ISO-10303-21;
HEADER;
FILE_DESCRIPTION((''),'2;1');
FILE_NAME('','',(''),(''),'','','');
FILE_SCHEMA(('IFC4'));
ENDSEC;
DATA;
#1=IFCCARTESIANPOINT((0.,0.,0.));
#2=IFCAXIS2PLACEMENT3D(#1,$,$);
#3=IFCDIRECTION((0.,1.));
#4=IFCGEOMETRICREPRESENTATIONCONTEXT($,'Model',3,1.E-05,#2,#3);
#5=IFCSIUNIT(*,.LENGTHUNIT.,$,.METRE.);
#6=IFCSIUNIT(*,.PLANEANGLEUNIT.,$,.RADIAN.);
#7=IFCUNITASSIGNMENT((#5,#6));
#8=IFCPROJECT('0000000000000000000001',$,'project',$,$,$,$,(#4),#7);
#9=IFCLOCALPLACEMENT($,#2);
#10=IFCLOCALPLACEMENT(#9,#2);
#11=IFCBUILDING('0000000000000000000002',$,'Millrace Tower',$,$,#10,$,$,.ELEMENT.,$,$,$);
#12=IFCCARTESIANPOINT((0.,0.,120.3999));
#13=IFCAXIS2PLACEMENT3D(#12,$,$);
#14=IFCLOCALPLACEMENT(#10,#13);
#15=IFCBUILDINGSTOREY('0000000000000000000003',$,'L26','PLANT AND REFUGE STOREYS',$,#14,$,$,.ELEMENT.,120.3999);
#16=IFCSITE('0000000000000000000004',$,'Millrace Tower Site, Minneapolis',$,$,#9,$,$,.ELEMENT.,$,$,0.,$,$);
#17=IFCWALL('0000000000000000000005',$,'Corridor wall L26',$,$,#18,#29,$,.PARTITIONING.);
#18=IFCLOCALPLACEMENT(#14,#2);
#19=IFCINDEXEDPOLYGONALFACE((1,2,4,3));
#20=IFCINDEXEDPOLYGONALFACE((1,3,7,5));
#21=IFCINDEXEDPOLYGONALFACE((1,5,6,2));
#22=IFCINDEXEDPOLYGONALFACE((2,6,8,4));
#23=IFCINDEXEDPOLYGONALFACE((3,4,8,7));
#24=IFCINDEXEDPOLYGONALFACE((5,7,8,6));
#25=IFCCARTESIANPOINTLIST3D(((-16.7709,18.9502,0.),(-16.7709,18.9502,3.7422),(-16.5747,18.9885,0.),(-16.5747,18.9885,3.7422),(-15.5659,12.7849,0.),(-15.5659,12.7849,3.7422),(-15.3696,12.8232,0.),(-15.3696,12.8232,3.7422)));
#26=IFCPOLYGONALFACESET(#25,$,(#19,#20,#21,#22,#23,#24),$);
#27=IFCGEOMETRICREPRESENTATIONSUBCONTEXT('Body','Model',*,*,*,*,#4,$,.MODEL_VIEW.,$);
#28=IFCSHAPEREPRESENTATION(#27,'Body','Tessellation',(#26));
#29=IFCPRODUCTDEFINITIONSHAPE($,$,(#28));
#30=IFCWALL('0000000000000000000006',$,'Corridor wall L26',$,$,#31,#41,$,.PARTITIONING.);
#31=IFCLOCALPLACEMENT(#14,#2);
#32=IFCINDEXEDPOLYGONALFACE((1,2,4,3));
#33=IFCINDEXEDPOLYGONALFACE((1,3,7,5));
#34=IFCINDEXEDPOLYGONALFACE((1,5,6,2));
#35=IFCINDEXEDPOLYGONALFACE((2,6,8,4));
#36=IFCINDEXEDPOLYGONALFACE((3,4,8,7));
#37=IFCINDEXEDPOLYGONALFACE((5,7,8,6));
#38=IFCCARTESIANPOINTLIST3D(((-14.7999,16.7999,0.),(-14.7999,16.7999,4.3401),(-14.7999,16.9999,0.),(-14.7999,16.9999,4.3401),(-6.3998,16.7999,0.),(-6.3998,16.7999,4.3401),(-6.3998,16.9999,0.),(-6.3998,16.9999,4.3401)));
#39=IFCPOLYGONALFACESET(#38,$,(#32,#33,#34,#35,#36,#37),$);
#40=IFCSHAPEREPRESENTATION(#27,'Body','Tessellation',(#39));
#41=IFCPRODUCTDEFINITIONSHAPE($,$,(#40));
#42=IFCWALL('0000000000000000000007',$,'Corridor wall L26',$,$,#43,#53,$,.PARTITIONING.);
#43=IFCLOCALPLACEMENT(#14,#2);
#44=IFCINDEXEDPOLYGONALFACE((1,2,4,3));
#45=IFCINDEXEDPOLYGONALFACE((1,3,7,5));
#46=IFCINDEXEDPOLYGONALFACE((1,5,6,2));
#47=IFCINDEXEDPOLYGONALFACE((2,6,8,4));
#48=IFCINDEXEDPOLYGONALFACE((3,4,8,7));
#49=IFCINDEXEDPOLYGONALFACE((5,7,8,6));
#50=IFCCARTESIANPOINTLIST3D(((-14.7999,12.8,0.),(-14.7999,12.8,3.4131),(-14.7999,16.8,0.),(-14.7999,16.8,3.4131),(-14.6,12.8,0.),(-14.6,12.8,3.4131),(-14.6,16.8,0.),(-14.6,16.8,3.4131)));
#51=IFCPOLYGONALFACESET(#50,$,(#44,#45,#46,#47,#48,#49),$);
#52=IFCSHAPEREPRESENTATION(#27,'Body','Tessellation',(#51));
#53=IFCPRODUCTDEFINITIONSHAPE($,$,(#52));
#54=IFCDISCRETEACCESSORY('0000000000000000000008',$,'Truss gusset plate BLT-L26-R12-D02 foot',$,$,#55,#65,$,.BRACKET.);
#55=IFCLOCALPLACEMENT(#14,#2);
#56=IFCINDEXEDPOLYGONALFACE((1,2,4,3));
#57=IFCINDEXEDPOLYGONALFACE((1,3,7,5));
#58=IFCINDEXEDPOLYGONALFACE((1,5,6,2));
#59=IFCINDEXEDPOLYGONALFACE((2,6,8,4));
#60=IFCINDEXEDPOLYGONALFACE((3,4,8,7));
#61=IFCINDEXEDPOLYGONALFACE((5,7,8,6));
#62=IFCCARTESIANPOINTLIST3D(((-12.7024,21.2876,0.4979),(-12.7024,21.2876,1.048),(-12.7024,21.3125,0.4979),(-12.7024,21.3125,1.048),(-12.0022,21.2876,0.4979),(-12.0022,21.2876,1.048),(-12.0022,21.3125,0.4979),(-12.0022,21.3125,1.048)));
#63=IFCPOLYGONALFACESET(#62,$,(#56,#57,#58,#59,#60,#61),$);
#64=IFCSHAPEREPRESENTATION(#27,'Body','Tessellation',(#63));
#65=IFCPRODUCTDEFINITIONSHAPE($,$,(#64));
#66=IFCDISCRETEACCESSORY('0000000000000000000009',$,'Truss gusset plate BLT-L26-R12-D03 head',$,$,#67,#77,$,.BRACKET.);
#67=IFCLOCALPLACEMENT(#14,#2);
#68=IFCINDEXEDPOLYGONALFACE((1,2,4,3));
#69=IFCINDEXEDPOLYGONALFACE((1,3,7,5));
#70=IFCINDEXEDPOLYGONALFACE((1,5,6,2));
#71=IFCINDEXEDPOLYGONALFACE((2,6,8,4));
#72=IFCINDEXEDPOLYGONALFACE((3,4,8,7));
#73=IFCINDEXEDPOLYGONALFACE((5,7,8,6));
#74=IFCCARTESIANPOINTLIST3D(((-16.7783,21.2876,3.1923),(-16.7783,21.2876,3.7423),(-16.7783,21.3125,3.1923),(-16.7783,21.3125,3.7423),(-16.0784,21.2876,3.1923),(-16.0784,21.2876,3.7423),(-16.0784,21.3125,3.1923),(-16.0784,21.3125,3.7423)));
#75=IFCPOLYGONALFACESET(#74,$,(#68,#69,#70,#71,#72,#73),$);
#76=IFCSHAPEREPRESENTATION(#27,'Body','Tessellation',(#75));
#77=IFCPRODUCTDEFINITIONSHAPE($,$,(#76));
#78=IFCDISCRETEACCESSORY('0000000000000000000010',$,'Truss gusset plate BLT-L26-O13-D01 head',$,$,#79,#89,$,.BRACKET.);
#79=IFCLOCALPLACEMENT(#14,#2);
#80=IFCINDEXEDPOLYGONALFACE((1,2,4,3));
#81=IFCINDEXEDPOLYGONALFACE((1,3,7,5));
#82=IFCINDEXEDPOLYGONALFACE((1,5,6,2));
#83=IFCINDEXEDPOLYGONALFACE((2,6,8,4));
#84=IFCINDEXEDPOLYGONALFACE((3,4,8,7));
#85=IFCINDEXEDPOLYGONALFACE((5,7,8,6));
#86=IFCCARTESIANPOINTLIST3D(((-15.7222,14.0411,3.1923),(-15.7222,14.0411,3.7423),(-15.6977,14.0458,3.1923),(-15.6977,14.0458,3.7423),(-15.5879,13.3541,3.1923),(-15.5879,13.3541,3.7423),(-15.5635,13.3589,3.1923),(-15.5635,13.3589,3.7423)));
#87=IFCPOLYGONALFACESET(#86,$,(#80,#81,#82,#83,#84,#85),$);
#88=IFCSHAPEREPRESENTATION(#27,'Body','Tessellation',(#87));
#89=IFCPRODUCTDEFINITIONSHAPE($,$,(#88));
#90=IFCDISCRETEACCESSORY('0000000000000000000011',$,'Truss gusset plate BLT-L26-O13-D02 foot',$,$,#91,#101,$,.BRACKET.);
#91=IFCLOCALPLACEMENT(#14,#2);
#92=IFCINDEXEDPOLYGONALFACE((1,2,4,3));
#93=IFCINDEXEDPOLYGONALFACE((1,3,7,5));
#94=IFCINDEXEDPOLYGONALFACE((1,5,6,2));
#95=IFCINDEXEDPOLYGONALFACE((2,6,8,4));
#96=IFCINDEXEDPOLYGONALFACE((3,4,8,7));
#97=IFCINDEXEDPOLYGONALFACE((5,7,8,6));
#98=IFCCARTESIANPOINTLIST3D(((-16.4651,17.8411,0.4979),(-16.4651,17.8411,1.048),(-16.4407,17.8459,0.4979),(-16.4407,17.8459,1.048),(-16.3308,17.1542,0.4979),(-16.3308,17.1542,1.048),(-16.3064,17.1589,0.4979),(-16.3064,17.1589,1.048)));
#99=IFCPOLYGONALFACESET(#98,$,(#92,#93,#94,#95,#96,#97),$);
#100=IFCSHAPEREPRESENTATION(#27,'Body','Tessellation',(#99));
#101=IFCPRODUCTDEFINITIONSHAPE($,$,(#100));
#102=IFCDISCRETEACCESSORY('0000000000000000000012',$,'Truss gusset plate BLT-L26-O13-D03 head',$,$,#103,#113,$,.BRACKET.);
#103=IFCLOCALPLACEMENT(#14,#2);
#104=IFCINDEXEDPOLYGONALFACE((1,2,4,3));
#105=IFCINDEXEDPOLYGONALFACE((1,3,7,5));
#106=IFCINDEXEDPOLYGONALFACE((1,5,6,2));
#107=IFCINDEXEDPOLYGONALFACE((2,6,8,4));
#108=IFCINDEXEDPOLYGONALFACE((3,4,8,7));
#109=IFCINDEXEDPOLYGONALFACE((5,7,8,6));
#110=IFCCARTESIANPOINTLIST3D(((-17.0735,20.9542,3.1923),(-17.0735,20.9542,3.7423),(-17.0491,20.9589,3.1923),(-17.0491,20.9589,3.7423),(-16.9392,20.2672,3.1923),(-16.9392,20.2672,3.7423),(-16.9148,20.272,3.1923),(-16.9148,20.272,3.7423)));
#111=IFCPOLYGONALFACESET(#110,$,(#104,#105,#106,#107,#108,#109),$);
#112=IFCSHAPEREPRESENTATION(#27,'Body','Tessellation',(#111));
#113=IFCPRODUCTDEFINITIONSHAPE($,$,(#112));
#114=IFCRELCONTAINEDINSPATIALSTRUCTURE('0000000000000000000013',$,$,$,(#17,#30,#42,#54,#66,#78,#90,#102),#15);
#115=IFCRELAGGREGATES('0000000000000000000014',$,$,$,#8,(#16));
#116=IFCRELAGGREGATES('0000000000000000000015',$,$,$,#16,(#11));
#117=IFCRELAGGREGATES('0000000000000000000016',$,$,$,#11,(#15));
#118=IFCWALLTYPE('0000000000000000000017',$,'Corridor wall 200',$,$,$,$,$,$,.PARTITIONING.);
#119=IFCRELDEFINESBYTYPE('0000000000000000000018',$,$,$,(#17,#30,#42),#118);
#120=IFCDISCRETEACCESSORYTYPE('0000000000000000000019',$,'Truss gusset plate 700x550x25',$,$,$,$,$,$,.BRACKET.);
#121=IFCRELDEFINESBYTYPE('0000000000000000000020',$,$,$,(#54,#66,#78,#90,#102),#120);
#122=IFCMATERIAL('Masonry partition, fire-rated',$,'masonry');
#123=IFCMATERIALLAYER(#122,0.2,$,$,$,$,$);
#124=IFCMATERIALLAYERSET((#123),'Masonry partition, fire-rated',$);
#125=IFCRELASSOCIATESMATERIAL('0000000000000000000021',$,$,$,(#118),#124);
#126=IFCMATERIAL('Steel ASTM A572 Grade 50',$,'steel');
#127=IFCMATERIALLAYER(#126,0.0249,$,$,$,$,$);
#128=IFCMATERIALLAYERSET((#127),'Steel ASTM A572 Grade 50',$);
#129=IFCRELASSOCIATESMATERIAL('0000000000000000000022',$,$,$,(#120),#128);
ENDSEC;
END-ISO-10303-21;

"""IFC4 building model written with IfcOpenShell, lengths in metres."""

from ifc_helpers import new_model, si_unit, direction, frame, frame_2d, origin, origin_2d, place, context, subcontext, project, spatial, rectangle, extrude, material, layer, layer_set, type_object, element, save


model = new_model("IFC4")

# Units and contexts
model_context = context("Model", 3, precision=1e-05, world=origin(), true_north=direction((0.0, 1.0)))
body_context = subcontext(model_context, "Body", "Model", "MODEL_VIEW")
ifc_project = project(units=[si_unit("LENGTHUNIT", "METRE"), si_unit("PLANEANGLEUNIT", "RADIAN")], contexts=[model_context])

# Site, building, storey
site_placement = place(None, origin())
site = spatial("IfcSite", under=ifc_project, at=site_placement, Name="Millrace Tower Site, Minneapolis", CompositionType="ELEMENT", RefElevation=0.0)
building_placement = place(site_placement, origin())
building = spatial("IfcBuilding", under=site, at=building_placement, Name="Millrace Tower", CompositionType="ELEMENT")
storey_placement = place(building_placement, frame((0.0, 0.0, 120.3999)))
storey = spatial("IfcBuildingStorey", under=building, at=storey_placement, Name="L26", Description="PLANT AND REFUGE STOREYS", CompositionType="ELEMENT", Elevation=120.3999)

# Walls
ifc_material_1 = material(Name="Masonry partition, fire-rated", Category="masonry")
ifc_layer_1 = layer(ifc_material_1, 0.2)
ifc_layer_set_1 = layer_set([ifc_layer_1], Name="Masonry partition, fire-rated")
wall_type = type_object("IfcWallType", Name="Corridor wall 200", PredefinedType="PARTITIONING", material=ifc_layer_set_1)
wall_1_placement = place(storey_placement, frame((-16.6729, 18.9695, 0.0), z_axis=(0.0, 0.0, 1.0), x_axis=(0.191832, -0.981428, 0.0)))
element("IfcWall", 1, at=wall_1_placement, inside=storey, type_object=wall_type, Name="Corridor wall L26", PredefinedType="PARTITIONING", context=body_context, shape_type="SweptSolid", body=[
    extrude(rectangle(XDim=6.282, YDim=0.2, at=frame_2d((3.1411, 0.0))), origin(), (0.0, 0.0, 1.0), 3.7422),
])
wall_2_placement = place(storey_placement, frame((-14.8, 16.8999, 0.0), z_axis=(0.0, 0.0, 1.0), x_axis=(1.0, 0.0, 0.0)))
element("IfcWall", 2, at=wall_2_placement, inside=storey, type_object=wall_type, Name="Corridor wall L26", PredefinedType="PARTITIONING", context=body_context, shape_type="SweptSolid", body=[
    extrude(rectangle(XDim=8.4001, YDim=0.2, at=frame_2d((4.2002, 0.0))), origin(), (0.0, 0.0, 1.0), 4.3401),
])
wall_3_placement = place(storey_placement, frame((-14.7, 12.8, 0.0), z_axis=(0.0, 0.0, 1.0), x_axis=(0.0, 1.0, 0.0)))
element("IfcWall", 3, at=wall_3_placement, inside=storey, type_object=wall_type, Name="Corridor wall L26", PredefinedType="PARTITIONING", context=body_context, shape_type="SweptSolid", body=[
    extrude(rectangle(XDim=4.0, YDim=0.2, at=frame_2d((2.0, 0.0))), origin(), (0.0, 0.0, 1.0), 3.4131),
])

# Discrete accessories
ifc_material_2 = material(Name="Steel ASTM A572 Grade 50", Category="steel")
ifc_layer_2 = layer(ifc_material_2, 0.0249)
ifc_layer_set_2 = layer_set([ifc_layer_2], Name="Steel ASTM A572 Grade 50")
discrete_accessory_type = type_object("IfcDiscreteAccessoryType", Name="Truss gusset plate 700x550x25", PredefinedType="BRACKET", material=ifc_layer_set_2)
discrete_accessory_placement = place(storey_placement, frame((-12.7024, 21.3, 0.7729), z_axis=(1.0, 0.0, 0.0), x_axis=(0.0, 1.0, 0.0)))
element("IfcDiscreteAccessory", 4, at=discrete_accessory_placement, inside=storey, type_object=discrete_accessory_type, Name="Truss gusset plate BLT-L26-R12-D02 foot", PredefinedType="BRACKET", context=body_context, shape_type="SweptSolid", body=[
    extrude(rectangle(XDim=0.0249, YDim=0.55, at=origin_2d()), origin(), (0.0, 0.0, 1.0), 0.7002),
])
for number, where, z_axis, x_axis, name in (
    (5, (-16.7783, 21.3, 3.4673), (1.0, 0.0, 0.0), (0.0, 1.0, 0.0), "Truss gusset plate BLT-L26-R12-D03 head"),
    (6, (-15.71, 14.0435, 3.4673), (0.191822, -0.98143, 0.0), (0.98143, 0.191822, 0.0), "Truss gusset plate BLT-L26-O13-D01 head"),
    (7, (-16.4529, 17.8435, 0.7729), (0.191822, -0.98143, 0.0), (0.98143, 0.191822, 0.0), "Truss gusset plate BLT-L26-O13-D02 foot"),
    (8, (-17.0613, 20.9565, 3.4673), (0.191822, -0.98143, 0.0), (0.98143, 0.191822, 0.0), "Truss gusset plate BLT-L26-O13-D03 head"),
):
    element("IfcDiscreteAccessory", number, at=place(storey_placement, frame(where, z_axis=z_axis, x_axis=x_axis)), inside=storey, type_object=discrete_accessory_type, Name=name, PredefinedType="BRACKET", context=body_context, shape_type="SweptSolid", body=[
        extrude(rectangle(XDim=0.0249, YDim=0.55, at=origin_2d()), origin(), (0.0, 0.0, 1.0), 0.7),
    ])

save(model, "model.ifc")
